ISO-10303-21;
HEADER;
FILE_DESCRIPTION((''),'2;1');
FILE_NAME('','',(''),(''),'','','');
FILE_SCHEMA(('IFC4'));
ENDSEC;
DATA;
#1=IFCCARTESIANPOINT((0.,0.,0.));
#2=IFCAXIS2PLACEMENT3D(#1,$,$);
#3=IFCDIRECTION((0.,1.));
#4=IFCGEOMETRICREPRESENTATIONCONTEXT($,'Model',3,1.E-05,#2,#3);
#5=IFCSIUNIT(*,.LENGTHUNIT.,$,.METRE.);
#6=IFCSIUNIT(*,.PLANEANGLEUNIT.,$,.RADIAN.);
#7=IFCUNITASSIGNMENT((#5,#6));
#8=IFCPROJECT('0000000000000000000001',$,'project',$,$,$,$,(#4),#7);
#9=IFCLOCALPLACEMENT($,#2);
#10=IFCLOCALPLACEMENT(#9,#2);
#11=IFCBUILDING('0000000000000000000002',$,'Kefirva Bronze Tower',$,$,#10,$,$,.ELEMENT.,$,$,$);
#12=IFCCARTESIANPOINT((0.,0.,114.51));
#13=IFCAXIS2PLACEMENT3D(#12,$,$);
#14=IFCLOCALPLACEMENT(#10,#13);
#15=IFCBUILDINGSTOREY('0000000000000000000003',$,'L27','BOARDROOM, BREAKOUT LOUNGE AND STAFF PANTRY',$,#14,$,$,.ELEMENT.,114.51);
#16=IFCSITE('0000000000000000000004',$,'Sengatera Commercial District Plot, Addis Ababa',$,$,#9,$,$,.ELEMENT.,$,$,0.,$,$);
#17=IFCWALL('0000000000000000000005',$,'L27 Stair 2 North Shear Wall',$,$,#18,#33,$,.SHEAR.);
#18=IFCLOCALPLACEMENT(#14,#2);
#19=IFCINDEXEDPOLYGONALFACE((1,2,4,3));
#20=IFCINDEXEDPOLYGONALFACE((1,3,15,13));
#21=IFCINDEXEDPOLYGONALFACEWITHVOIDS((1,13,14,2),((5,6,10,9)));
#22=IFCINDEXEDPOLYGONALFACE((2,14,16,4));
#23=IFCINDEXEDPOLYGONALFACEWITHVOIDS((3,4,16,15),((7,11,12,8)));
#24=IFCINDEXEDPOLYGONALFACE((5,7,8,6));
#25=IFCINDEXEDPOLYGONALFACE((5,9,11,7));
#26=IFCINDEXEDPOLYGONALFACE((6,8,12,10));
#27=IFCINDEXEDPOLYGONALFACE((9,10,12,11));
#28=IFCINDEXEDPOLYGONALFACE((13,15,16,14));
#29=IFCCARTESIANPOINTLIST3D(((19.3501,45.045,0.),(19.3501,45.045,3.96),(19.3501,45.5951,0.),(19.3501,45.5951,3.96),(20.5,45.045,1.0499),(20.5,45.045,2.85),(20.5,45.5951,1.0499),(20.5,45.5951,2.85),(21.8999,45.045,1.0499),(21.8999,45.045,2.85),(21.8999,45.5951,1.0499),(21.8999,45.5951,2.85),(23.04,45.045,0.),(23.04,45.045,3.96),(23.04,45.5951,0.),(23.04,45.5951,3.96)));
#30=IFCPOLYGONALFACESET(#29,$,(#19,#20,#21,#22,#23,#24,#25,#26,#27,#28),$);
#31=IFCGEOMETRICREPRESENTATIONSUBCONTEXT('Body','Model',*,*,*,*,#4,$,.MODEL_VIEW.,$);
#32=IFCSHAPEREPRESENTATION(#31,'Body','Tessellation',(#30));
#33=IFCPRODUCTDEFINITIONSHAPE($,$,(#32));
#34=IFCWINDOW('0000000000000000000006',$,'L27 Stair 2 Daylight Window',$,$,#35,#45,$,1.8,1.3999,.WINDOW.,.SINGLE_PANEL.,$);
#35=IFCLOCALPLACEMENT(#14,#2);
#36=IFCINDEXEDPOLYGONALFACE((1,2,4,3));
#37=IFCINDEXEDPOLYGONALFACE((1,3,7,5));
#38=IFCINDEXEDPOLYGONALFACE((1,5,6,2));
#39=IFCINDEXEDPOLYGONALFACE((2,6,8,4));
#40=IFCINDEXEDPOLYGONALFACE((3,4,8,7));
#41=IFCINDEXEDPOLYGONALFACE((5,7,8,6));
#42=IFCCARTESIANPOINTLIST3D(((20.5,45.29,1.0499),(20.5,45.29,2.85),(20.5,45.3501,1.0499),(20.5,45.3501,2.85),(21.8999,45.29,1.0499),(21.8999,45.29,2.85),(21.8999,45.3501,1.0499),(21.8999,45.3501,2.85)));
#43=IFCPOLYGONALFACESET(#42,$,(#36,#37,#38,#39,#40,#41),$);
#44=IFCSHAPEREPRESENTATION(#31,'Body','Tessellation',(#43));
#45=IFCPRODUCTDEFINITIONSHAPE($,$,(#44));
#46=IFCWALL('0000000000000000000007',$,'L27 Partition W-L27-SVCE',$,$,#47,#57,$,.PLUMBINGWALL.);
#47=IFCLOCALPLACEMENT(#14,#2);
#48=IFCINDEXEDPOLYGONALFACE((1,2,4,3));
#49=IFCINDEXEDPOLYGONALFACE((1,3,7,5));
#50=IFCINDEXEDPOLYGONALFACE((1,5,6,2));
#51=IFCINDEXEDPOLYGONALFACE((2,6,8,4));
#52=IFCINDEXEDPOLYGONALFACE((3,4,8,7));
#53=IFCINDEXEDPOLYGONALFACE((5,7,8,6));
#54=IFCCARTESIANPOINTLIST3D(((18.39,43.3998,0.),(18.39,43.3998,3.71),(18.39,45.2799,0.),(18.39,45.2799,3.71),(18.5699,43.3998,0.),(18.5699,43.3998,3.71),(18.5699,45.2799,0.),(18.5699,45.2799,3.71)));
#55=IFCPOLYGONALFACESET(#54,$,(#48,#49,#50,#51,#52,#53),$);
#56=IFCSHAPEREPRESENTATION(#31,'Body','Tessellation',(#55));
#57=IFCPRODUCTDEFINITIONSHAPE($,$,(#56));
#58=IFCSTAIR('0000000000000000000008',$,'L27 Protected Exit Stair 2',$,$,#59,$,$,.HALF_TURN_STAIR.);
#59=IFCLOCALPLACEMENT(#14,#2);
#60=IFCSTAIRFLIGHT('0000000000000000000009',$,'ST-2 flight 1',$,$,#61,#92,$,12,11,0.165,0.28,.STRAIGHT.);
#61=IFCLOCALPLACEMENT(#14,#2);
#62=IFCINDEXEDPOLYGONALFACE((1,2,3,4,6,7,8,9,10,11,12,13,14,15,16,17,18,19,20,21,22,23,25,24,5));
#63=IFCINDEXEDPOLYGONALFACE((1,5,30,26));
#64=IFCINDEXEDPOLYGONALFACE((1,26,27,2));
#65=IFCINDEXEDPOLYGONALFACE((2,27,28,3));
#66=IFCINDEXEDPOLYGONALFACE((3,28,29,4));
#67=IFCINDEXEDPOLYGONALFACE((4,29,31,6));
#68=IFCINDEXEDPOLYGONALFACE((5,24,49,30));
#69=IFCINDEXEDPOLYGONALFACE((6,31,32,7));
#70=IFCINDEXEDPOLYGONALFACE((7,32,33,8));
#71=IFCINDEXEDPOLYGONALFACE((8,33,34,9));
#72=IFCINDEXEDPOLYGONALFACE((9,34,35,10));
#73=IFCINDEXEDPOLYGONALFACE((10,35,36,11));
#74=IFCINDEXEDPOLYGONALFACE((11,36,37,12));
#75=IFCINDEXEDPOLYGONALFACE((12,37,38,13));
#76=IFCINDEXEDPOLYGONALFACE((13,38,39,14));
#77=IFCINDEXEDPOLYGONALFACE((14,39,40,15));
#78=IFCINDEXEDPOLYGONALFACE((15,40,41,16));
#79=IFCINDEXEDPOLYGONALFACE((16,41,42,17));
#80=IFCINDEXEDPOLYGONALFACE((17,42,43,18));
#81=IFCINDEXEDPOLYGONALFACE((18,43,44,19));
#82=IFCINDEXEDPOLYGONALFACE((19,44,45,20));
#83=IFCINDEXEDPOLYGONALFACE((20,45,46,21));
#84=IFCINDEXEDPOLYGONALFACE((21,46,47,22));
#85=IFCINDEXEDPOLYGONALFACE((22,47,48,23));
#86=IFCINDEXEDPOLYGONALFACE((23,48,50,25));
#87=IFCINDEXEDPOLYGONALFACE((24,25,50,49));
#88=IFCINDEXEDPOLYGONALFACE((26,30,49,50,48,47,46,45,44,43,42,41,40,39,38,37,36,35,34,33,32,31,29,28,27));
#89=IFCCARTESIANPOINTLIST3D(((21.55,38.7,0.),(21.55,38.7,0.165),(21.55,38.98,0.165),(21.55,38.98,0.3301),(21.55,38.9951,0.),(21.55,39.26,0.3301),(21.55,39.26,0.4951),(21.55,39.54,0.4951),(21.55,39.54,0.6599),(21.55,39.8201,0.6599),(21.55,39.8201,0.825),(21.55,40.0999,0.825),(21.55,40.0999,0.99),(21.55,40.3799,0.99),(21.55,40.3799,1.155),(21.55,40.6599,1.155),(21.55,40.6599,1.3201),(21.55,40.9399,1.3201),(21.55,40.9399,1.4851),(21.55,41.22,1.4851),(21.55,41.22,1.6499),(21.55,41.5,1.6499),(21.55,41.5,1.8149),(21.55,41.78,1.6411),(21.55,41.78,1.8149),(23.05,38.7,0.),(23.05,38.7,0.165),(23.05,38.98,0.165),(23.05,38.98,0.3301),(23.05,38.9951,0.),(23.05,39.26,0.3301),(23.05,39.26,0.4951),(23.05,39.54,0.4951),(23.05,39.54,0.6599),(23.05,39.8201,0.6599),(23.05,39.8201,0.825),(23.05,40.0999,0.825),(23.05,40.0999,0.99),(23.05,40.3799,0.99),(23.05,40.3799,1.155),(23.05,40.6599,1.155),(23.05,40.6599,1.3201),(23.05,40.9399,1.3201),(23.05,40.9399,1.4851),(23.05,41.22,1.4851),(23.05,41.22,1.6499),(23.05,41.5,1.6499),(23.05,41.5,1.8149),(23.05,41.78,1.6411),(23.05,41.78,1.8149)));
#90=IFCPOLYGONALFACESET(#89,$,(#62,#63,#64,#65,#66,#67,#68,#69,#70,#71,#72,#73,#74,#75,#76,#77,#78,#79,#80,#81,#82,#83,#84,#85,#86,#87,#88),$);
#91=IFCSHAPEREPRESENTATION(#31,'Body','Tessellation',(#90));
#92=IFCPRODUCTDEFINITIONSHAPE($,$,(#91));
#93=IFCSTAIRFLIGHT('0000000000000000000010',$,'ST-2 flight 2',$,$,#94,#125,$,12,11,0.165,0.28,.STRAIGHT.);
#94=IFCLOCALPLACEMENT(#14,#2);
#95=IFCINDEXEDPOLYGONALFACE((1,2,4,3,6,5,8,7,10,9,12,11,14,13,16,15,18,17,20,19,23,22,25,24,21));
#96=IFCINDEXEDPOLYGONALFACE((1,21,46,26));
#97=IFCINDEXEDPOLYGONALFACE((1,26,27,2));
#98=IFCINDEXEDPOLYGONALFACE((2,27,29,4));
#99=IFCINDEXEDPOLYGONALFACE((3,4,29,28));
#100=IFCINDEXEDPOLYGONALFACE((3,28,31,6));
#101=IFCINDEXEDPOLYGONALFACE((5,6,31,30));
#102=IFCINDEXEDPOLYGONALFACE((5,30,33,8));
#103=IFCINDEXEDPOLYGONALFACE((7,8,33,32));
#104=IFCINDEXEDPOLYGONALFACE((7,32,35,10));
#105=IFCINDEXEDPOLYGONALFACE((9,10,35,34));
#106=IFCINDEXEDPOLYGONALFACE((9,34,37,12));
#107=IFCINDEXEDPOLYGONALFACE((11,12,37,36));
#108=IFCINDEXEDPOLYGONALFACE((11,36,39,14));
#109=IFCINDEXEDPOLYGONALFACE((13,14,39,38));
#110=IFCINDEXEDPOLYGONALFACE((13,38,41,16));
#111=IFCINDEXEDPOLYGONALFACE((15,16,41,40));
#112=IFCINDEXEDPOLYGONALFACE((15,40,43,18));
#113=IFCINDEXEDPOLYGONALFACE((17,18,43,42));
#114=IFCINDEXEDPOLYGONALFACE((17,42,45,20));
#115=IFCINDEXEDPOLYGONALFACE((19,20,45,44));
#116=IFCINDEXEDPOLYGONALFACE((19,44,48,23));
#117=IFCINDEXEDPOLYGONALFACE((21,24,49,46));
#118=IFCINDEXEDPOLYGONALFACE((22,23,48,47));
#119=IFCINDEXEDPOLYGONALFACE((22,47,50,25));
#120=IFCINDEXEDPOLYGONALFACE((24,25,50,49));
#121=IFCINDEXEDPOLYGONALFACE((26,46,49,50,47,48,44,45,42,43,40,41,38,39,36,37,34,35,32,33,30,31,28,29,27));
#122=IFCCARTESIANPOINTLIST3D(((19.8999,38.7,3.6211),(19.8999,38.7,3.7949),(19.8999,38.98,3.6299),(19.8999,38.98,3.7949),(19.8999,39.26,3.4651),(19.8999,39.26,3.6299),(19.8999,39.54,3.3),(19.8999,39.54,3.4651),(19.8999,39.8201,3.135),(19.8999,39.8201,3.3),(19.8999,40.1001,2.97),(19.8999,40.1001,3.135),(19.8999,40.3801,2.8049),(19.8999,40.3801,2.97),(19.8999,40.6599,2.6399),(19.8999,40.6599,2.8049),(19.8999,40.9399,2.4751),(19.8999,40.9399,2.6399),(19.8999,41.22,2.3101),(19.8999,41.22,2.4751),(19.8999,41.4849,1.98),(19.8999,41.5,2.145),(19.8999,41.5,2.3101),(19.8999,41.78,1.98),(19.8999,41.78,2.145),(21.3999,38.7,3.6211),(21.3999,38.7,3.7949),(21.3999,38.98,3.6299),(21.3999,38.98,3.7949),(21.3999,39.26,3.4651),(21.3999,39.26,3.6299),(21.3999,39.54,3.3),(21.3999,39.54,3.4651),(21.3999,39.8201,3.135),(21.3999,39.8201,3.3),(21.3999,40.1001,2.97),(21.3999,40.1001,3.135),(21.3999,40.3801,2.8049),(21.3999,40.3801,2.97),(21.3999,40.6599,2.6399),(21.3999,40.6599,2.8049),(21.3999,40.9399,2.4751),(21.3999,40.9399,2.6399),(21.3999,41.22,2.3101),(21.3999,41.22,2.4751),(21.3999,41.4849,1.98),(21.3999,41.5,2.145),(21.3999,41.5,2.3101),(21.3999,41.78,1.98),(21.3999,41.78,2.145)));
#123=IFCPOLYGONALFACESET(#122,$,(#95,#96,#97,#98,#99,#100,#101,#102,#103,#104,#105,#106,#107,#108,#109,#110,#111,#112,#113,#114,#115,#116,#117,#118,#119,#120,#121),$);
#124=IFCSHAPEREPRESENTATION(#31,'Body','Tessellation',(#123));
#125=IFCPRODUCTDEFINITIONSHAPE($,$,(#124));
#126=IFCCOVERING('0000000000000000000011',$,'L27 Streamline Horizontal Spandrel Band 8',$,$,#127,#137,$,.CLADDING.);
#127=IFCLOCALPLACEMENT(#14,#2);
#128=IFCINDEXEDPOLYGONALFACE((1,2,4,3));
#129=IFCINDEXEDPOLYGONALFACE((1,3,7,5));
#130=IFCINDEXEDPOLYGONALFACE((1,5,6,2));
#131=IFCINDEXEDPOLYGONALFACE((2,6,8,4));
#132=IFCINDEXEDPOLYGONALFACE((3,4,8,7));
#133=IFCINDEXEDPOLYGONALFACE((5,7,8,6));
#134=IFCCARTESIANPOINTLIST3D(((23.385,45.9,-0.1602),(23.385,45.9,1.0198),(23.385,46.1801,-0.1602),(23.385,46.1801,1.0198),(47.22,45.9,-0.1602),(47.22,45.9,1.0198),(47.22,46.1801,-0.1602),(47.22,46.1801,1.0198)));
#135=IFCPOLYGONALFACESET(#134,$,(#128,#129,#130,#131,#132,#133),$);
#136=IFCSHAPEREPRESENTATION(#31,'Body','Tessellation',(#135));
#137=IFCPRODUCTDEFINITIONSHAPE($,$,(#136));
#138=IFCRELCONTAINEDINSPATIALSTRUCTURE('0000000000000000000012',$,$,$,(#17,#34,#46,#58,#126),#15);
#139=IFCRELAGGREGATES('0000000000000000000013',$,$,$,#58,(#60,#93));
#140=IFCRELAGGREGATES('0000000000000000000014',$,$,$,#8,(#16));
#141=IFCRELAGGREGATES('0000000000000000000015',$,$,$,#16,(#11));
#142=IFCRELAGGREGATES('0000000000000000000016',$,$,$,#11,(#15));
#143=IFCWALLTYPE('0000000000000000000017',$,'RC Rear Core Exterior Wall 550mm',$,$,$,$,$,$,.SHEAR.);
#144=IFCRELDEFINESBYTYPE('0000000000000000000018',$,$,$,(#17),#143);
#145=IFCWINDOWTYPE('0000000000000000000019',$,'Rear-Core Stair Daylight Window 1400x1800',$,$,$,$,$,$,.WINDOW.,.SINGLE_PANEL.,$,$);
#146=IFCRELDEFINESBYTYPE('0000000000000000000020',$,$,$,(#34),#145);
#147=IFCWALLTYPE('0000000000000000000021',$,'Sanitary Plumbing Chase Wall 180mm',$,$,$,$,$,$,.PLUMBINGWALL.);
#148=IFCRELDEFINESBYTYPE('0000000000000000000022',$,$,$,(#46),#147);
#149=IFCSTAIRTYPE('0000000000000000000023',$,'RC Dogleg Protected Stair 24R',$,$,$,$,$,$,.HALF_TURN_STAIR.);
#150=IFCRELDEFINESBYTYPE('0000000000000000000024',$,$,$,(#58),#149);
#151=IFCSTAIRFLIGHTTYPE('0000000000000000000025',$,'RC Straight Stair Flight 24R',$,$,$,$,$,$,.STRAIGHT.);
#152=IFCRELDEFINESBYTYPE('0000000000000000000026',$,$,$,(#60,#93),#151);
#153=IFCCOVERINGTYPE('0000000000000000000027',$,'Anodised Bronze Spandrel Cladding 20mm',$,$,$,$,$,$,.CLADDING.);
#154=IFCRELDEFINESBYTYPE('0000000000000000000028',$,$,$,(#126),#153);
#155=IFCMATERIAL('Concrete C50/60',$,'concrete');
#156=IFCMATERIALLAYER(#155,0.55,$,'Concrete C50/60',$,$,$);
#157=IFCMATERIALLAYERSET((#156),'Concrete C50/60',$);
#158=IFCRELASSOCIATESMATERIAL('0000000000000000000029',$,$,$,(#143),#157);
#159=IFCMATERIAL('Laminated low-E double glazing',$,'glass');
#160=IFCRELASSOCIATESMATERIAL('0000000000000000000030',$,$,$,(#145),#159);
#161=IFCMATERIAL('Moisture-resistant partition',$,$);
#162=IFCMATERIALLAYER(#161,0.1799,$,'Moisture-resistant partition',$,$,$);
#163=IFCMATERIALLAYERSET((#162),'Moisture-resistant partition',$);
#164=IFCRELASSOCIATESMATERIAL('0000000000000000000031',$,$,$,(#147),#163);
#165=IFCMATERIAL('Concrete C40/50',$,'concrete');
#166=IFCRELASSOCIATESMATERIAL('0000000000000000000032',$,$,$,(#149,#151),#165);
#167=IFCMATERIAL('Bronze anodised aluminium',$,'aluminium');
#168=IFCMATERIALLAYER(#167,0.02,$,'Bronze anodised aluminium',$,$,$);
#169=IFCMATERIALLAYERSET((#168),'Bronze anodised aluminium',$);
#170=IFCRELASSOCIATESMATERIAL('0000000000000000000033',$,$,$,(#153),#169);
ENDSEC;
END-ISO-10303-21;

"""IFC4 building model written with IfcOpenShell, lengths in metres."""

from ifc_helpers import new_model, si_unit, direction, frame, frame_2d, origin, origin_2d, place, context, subcontext, project, spatial, polyline, rectangle, outline, extrude, material, layer, layer_set, type_object, element, fill, aggregate, save


model = new_model("IFC4")

# Units and contexts
model_context = context("Model", 3, precision=1e-05, world=origin(), true_north=direction((0.0, 1.0)))
body_context = subcontext(model_context, "Body", "Model", "MODEL_VIEW")
ifc_project = project(units=[si_unit("LENGTHUNIT", "METRE"), si_unit("PLANEANGLEUNIT", "RADIAN")], contexts=[model_context])

# Site, building, storey
site_placement = place(None, origin())
site = spatial("IfcSite", under=ifc_project, at=site_placement, Name="Sengatera Commercial District Plot, Addis Ababa", CompositionType="ELEMENT", RefElevation=0.0)
building_placement = place(site_placement, origin())
building = spatial("IfcBuilding", under=site, at=building_placement, Name="Kefirva Bronze Tower", CompositionType="ELEMENT")
storey_placement = place(building_placement, frame((0.0, 0.0, 114.51)))
storey = spatial("IfcBuildingStorey", under=building, at=storey_placement, Name="L27", Description="BOARDROOM, BREAKOUT LOUNGE AND STAFF PANTRY", CompositionType="ELEMENT", Elevation=114.51)

# Shared definitions
ifc_material_1 = material(Name="Bronze anodised aluminium", Category="aluminium")

# Shared definitions
ifc_material_2 = material(Name="Concrete C50/60", Category="concrete")

# Shared definitions
ifc_material_3 = material(Name="Laminated low-E double glazing", Category="glass")

# Wall, opening, window
ifc_layer_1 = layer(ifc_material_2, 0.55, Name="Concrete C50/60")
ifc_layer_set_1 = layer_set([ifc_layer_1], Name="Concrete C50/60")
wall_type_1 = type_object("IfcWallType", Name="RC Rear Core Exterior Wall 550mm", PredefinedType="SHEAR", material=ifc_layer_set_1)
wall_1_placement = place(storey_placement, frame((19.3501, 45.3201, 0.0), z_axis=(0.0, 0.0, 1.0), x_axis=(1.0, 0.0, 0.0)))
wall_1 = element("IfcWall", 1, at=wall_1_placement, inside=storey, type_object=wall_type_1, Name="L27 Stair 2 North Shear Wall", PredefinedType="SHEAR", context=body_context, shape_type="SweptSolid", body=[
    extrude(rectangle(XDim=3.6899, YDim=0.55, at=frame_2d((1.845, 0.0))), origin(), (0.0, 0.0, 1.0), 3.96),
])
opening_placement = place(wall_1_placement, frame((1.1499, 0.0, 1.05)))
opening = element("IfcOpeningElement", 2, at=opening_placement, cuts=wall_1, PredefinedType="OPENING", context=body_context, shape_type="SweptSolid", body=[
    extrude(rectangle(XDim=1.3999, YDim=1.8, at=frame_2d((0.7, 0.8999))), frame((0.0, 0.2852, 0.0), z_axis=(0.0, -1.0, 0.0), x_axis=(1.0, 0.0, 0.0)), (0.0, 0.0, 1.0), 0.5701),
])
window_type = type_object("IfcWindowType", Name="Rear-Core Stair Daylight Window 1400x1800", PartitioningType="SINGLE_PANEL", PredefinedType="WINDOW", material=ifc_material_3)
window_placement = place(opening_placement, origin())
window = element("IfcWindow", 3, at=window_placement, inside=storey, type_object=window_type, Name="L27 Stair 2 Daylight Window", OverallHeight=1.8, OverallWidth=1.3999, PartitioningType="SINGLE_PANEL", PredefinedType="WINDOW", context=body_context, shape_type="SweptSolid", body=[
    extrude(rectangle(XDim=1.3999, YDim=1.8, at=frame_2d((0.7, 0.8999))), frame((0.0, 0.03, 0.0), z_axis=(0.0, -1.0, 0.0), x_axis=(1.0, 0.0, 0.0)), (0.0, 0.0, 1.0), 0.0601),
])
fill(opening, window)

# Wall
ifc_material_4 = material(Name="Moisture-resistant partition")
ifc_layer_2 = layer(ifc_material_4, 0.1799, Name="Moisture-resistant partition")
ifc_layer_set_2 = layer_set([ifc_layer_2], Name="Moisture-resistant partition")
wall_type_2 = type_object("IfcWallType", Name="Sanitary Plumbing Chase Wall 180mm", PredefinedType="PLUMBINGWALL", material=ifc_layer_set_2)
wall_2_placement = place(storey_placement, frame((18.48, 43.3999, 0.0), z_axis=(0.0, 0.0, 1.0), x_axis=(0.0, 1.0, 0.0)))
element("IfcWall", 4, at=wall_2_placement, inside=storey, type_object=wall_type_2, Name="L27 Partition W-L27-SVCE", PredefinedType="PLUMBINGWALL", context=body_context, shape_type="SweptSolid", body=[
    extrude(rectangle(XDim=1.8801, YDim=0.1799, at=frame_2d((0.9399, 0.0))), origin(), (0.0, 0.0, 1.0), 3.71),
])

# Stair, stair flights
ifc_material_5 = material(Name="Concrete C40/50", Category="concrete")
stair_type = type_object("IfcStairType", Name="RC Dogleg Protected Stair 24R", PredefinedType="HALF_TURN_STAIR", material=ifc_material_5)
stair_placement = place(storey_placement, origin())
stair = element("IfcStair", 5, at=stair_placement, inside=storey, type_object=stair_type, Name="L27 Protected Exit Stair 2", PredefinedType="HALF_TURN_STAIR")
stair_flight_type = type_object("IfcStairFlightType", Name="RC Straight Stair Flight 24R", PredefinedType="STRAIGHT", material=ifc_material_5)
stair_flight_1_placement = place(storey_placement, frame((22.3, 38.7, 0.0), z_axis=(0.0, 0.0, 1.0), x_axis=(0.0, 1.0, 0.0)))
stair_flight_1 = element("IfcStairFlight", 6, at=stair_flight_1_placement, type_object=stair_flight_type, Name="ST-2 flight 1", NumberOfRisers=12, NumberOfTreads=11, PredefinedType="STRAIGHT", RiserHeight=0.165, TreadLength=0.28, context=body_context, shape_type="SweptSolid", body=[
    extrude(outline(polyline([(0.0, 0.0), (0.0, 0.165), (0.28, 0.165), (0.28, 0.3301), (0.5601, 0.3301), (0.5601, 0.4951), (0.8401, 0.4951), (0.8401, 0.6599), (1.1201, 0.6599), (1.1201, 0.825), (1.3999, 0.825), (1.3999, 0.99), (1.6799, 0.99), (1.6799, 1.155), (1.96, 1.155), (1.96, 1.3201), (2.24, 1.3201), (2.24, 1.4851), (2.52, 1.4851), (2.52, 1.6499), (2.8, 1.6499), (2.8, 1.8149), (3.0801, 1.8149), (3.0801, 1.98), (3.0801, 1.6411), (0.2952, 0.0), (0.0, 0.0)])), frame((0.0, 0.75, 0.0), z_axis=(0.0, -1.0, 0.0), x_axis=(1.0, 0.0, 0.0)), (0.0, 0.0, 1.0), 1.5),
])
stair_flight_2_placement = place(storey_placement, frame((20.6499, 41.78, 1.98), z_axis=(0.0, 0.0, 1.0), x_axis=(0.0, -1.0, 0.0)))
stair_flight_2 = element("IfcStairFlight", 7, at=stair_flight_2_placement, type_object=stair_flight_type, Name="ST-2 flight 2", NumberOfRisers=12, NumberOfTreads=11, PredefinedType="STRAIGHT", RiserHeight=0.165, TreadLength=0.28, context=body_context, shape_type="SweptSolid", body=[
    extrude(outline(polyline([(0.0, 0.0), (0.0, 0.165), (0.28, 0.165), (0.28, 0.3301), (0.5601, 0.3301), (0.5601, 0.4951), (0.8401, 0.4951), (0.8401, 0.6599), (1.1201, 0.6599), (1.1201, 0.825), (1.3999, 0.825), (1.3999, 0.99), (1.6799, 0.99), (1.6799, 1.155), (1.96, 1.155), (1.96, 1.3201), (2.24, 1.3201), (2.24, 1.4851), (2.52, 1.4851), (2.52, 1.6499), (2.8, 1.6499), (2.8, 1.8149), (3.0801, 1.8149), (3.0801, 1.98), (3.0801, 1.6411), (0.2952, 0.0), (0.0, 0.0)])), frame((0.0, 0.75, 0.0), z_axis=(0.0, -1.0, 0.0), x_axis=(1.0, 0.0, 0.0)), (0.0, 0.0, 1.0), 1.5),
])
aggregate(stair, [stair_flight_1, stair_flight_2])

# Covering
ifc_layer_3 = layer(ifc_material_1, 0.02, Name="Bronze anodised aluminium")
ifc_layer_set_3 = layer_set([ifc_layer_3], Name="Bronze anodised aluminium")
covering_type_1 = type_object("IfcCoveringType", Name="Anodised Bronze Spandrel Cladding 20mm", PredefinedType="CLADDING", material=ifc_layer_set_3)
covering_placement = place(storey_placement, frame((35.3025, 46.04, -0.1602), z_axis=(0.0, 0.0, 1.0), x_axis=(-1.0, 0.0, 0.0)))
element("IfcCovering", 8, at=covering_placement, inside=storey, type_object=covering_type_1, Name="L27 Streamline Horizontal Spandrel Band 8", PredefinedType="CLADDING", context=body_context, shape_type="SweptSolid", body=[
    extrude(rectangle(XDim=23.835, YDim=0.28, at=origin_2d()), origin(), (0.0, 0.0, 1.0), 1.1799),
])

save(model, "model.ifc")
